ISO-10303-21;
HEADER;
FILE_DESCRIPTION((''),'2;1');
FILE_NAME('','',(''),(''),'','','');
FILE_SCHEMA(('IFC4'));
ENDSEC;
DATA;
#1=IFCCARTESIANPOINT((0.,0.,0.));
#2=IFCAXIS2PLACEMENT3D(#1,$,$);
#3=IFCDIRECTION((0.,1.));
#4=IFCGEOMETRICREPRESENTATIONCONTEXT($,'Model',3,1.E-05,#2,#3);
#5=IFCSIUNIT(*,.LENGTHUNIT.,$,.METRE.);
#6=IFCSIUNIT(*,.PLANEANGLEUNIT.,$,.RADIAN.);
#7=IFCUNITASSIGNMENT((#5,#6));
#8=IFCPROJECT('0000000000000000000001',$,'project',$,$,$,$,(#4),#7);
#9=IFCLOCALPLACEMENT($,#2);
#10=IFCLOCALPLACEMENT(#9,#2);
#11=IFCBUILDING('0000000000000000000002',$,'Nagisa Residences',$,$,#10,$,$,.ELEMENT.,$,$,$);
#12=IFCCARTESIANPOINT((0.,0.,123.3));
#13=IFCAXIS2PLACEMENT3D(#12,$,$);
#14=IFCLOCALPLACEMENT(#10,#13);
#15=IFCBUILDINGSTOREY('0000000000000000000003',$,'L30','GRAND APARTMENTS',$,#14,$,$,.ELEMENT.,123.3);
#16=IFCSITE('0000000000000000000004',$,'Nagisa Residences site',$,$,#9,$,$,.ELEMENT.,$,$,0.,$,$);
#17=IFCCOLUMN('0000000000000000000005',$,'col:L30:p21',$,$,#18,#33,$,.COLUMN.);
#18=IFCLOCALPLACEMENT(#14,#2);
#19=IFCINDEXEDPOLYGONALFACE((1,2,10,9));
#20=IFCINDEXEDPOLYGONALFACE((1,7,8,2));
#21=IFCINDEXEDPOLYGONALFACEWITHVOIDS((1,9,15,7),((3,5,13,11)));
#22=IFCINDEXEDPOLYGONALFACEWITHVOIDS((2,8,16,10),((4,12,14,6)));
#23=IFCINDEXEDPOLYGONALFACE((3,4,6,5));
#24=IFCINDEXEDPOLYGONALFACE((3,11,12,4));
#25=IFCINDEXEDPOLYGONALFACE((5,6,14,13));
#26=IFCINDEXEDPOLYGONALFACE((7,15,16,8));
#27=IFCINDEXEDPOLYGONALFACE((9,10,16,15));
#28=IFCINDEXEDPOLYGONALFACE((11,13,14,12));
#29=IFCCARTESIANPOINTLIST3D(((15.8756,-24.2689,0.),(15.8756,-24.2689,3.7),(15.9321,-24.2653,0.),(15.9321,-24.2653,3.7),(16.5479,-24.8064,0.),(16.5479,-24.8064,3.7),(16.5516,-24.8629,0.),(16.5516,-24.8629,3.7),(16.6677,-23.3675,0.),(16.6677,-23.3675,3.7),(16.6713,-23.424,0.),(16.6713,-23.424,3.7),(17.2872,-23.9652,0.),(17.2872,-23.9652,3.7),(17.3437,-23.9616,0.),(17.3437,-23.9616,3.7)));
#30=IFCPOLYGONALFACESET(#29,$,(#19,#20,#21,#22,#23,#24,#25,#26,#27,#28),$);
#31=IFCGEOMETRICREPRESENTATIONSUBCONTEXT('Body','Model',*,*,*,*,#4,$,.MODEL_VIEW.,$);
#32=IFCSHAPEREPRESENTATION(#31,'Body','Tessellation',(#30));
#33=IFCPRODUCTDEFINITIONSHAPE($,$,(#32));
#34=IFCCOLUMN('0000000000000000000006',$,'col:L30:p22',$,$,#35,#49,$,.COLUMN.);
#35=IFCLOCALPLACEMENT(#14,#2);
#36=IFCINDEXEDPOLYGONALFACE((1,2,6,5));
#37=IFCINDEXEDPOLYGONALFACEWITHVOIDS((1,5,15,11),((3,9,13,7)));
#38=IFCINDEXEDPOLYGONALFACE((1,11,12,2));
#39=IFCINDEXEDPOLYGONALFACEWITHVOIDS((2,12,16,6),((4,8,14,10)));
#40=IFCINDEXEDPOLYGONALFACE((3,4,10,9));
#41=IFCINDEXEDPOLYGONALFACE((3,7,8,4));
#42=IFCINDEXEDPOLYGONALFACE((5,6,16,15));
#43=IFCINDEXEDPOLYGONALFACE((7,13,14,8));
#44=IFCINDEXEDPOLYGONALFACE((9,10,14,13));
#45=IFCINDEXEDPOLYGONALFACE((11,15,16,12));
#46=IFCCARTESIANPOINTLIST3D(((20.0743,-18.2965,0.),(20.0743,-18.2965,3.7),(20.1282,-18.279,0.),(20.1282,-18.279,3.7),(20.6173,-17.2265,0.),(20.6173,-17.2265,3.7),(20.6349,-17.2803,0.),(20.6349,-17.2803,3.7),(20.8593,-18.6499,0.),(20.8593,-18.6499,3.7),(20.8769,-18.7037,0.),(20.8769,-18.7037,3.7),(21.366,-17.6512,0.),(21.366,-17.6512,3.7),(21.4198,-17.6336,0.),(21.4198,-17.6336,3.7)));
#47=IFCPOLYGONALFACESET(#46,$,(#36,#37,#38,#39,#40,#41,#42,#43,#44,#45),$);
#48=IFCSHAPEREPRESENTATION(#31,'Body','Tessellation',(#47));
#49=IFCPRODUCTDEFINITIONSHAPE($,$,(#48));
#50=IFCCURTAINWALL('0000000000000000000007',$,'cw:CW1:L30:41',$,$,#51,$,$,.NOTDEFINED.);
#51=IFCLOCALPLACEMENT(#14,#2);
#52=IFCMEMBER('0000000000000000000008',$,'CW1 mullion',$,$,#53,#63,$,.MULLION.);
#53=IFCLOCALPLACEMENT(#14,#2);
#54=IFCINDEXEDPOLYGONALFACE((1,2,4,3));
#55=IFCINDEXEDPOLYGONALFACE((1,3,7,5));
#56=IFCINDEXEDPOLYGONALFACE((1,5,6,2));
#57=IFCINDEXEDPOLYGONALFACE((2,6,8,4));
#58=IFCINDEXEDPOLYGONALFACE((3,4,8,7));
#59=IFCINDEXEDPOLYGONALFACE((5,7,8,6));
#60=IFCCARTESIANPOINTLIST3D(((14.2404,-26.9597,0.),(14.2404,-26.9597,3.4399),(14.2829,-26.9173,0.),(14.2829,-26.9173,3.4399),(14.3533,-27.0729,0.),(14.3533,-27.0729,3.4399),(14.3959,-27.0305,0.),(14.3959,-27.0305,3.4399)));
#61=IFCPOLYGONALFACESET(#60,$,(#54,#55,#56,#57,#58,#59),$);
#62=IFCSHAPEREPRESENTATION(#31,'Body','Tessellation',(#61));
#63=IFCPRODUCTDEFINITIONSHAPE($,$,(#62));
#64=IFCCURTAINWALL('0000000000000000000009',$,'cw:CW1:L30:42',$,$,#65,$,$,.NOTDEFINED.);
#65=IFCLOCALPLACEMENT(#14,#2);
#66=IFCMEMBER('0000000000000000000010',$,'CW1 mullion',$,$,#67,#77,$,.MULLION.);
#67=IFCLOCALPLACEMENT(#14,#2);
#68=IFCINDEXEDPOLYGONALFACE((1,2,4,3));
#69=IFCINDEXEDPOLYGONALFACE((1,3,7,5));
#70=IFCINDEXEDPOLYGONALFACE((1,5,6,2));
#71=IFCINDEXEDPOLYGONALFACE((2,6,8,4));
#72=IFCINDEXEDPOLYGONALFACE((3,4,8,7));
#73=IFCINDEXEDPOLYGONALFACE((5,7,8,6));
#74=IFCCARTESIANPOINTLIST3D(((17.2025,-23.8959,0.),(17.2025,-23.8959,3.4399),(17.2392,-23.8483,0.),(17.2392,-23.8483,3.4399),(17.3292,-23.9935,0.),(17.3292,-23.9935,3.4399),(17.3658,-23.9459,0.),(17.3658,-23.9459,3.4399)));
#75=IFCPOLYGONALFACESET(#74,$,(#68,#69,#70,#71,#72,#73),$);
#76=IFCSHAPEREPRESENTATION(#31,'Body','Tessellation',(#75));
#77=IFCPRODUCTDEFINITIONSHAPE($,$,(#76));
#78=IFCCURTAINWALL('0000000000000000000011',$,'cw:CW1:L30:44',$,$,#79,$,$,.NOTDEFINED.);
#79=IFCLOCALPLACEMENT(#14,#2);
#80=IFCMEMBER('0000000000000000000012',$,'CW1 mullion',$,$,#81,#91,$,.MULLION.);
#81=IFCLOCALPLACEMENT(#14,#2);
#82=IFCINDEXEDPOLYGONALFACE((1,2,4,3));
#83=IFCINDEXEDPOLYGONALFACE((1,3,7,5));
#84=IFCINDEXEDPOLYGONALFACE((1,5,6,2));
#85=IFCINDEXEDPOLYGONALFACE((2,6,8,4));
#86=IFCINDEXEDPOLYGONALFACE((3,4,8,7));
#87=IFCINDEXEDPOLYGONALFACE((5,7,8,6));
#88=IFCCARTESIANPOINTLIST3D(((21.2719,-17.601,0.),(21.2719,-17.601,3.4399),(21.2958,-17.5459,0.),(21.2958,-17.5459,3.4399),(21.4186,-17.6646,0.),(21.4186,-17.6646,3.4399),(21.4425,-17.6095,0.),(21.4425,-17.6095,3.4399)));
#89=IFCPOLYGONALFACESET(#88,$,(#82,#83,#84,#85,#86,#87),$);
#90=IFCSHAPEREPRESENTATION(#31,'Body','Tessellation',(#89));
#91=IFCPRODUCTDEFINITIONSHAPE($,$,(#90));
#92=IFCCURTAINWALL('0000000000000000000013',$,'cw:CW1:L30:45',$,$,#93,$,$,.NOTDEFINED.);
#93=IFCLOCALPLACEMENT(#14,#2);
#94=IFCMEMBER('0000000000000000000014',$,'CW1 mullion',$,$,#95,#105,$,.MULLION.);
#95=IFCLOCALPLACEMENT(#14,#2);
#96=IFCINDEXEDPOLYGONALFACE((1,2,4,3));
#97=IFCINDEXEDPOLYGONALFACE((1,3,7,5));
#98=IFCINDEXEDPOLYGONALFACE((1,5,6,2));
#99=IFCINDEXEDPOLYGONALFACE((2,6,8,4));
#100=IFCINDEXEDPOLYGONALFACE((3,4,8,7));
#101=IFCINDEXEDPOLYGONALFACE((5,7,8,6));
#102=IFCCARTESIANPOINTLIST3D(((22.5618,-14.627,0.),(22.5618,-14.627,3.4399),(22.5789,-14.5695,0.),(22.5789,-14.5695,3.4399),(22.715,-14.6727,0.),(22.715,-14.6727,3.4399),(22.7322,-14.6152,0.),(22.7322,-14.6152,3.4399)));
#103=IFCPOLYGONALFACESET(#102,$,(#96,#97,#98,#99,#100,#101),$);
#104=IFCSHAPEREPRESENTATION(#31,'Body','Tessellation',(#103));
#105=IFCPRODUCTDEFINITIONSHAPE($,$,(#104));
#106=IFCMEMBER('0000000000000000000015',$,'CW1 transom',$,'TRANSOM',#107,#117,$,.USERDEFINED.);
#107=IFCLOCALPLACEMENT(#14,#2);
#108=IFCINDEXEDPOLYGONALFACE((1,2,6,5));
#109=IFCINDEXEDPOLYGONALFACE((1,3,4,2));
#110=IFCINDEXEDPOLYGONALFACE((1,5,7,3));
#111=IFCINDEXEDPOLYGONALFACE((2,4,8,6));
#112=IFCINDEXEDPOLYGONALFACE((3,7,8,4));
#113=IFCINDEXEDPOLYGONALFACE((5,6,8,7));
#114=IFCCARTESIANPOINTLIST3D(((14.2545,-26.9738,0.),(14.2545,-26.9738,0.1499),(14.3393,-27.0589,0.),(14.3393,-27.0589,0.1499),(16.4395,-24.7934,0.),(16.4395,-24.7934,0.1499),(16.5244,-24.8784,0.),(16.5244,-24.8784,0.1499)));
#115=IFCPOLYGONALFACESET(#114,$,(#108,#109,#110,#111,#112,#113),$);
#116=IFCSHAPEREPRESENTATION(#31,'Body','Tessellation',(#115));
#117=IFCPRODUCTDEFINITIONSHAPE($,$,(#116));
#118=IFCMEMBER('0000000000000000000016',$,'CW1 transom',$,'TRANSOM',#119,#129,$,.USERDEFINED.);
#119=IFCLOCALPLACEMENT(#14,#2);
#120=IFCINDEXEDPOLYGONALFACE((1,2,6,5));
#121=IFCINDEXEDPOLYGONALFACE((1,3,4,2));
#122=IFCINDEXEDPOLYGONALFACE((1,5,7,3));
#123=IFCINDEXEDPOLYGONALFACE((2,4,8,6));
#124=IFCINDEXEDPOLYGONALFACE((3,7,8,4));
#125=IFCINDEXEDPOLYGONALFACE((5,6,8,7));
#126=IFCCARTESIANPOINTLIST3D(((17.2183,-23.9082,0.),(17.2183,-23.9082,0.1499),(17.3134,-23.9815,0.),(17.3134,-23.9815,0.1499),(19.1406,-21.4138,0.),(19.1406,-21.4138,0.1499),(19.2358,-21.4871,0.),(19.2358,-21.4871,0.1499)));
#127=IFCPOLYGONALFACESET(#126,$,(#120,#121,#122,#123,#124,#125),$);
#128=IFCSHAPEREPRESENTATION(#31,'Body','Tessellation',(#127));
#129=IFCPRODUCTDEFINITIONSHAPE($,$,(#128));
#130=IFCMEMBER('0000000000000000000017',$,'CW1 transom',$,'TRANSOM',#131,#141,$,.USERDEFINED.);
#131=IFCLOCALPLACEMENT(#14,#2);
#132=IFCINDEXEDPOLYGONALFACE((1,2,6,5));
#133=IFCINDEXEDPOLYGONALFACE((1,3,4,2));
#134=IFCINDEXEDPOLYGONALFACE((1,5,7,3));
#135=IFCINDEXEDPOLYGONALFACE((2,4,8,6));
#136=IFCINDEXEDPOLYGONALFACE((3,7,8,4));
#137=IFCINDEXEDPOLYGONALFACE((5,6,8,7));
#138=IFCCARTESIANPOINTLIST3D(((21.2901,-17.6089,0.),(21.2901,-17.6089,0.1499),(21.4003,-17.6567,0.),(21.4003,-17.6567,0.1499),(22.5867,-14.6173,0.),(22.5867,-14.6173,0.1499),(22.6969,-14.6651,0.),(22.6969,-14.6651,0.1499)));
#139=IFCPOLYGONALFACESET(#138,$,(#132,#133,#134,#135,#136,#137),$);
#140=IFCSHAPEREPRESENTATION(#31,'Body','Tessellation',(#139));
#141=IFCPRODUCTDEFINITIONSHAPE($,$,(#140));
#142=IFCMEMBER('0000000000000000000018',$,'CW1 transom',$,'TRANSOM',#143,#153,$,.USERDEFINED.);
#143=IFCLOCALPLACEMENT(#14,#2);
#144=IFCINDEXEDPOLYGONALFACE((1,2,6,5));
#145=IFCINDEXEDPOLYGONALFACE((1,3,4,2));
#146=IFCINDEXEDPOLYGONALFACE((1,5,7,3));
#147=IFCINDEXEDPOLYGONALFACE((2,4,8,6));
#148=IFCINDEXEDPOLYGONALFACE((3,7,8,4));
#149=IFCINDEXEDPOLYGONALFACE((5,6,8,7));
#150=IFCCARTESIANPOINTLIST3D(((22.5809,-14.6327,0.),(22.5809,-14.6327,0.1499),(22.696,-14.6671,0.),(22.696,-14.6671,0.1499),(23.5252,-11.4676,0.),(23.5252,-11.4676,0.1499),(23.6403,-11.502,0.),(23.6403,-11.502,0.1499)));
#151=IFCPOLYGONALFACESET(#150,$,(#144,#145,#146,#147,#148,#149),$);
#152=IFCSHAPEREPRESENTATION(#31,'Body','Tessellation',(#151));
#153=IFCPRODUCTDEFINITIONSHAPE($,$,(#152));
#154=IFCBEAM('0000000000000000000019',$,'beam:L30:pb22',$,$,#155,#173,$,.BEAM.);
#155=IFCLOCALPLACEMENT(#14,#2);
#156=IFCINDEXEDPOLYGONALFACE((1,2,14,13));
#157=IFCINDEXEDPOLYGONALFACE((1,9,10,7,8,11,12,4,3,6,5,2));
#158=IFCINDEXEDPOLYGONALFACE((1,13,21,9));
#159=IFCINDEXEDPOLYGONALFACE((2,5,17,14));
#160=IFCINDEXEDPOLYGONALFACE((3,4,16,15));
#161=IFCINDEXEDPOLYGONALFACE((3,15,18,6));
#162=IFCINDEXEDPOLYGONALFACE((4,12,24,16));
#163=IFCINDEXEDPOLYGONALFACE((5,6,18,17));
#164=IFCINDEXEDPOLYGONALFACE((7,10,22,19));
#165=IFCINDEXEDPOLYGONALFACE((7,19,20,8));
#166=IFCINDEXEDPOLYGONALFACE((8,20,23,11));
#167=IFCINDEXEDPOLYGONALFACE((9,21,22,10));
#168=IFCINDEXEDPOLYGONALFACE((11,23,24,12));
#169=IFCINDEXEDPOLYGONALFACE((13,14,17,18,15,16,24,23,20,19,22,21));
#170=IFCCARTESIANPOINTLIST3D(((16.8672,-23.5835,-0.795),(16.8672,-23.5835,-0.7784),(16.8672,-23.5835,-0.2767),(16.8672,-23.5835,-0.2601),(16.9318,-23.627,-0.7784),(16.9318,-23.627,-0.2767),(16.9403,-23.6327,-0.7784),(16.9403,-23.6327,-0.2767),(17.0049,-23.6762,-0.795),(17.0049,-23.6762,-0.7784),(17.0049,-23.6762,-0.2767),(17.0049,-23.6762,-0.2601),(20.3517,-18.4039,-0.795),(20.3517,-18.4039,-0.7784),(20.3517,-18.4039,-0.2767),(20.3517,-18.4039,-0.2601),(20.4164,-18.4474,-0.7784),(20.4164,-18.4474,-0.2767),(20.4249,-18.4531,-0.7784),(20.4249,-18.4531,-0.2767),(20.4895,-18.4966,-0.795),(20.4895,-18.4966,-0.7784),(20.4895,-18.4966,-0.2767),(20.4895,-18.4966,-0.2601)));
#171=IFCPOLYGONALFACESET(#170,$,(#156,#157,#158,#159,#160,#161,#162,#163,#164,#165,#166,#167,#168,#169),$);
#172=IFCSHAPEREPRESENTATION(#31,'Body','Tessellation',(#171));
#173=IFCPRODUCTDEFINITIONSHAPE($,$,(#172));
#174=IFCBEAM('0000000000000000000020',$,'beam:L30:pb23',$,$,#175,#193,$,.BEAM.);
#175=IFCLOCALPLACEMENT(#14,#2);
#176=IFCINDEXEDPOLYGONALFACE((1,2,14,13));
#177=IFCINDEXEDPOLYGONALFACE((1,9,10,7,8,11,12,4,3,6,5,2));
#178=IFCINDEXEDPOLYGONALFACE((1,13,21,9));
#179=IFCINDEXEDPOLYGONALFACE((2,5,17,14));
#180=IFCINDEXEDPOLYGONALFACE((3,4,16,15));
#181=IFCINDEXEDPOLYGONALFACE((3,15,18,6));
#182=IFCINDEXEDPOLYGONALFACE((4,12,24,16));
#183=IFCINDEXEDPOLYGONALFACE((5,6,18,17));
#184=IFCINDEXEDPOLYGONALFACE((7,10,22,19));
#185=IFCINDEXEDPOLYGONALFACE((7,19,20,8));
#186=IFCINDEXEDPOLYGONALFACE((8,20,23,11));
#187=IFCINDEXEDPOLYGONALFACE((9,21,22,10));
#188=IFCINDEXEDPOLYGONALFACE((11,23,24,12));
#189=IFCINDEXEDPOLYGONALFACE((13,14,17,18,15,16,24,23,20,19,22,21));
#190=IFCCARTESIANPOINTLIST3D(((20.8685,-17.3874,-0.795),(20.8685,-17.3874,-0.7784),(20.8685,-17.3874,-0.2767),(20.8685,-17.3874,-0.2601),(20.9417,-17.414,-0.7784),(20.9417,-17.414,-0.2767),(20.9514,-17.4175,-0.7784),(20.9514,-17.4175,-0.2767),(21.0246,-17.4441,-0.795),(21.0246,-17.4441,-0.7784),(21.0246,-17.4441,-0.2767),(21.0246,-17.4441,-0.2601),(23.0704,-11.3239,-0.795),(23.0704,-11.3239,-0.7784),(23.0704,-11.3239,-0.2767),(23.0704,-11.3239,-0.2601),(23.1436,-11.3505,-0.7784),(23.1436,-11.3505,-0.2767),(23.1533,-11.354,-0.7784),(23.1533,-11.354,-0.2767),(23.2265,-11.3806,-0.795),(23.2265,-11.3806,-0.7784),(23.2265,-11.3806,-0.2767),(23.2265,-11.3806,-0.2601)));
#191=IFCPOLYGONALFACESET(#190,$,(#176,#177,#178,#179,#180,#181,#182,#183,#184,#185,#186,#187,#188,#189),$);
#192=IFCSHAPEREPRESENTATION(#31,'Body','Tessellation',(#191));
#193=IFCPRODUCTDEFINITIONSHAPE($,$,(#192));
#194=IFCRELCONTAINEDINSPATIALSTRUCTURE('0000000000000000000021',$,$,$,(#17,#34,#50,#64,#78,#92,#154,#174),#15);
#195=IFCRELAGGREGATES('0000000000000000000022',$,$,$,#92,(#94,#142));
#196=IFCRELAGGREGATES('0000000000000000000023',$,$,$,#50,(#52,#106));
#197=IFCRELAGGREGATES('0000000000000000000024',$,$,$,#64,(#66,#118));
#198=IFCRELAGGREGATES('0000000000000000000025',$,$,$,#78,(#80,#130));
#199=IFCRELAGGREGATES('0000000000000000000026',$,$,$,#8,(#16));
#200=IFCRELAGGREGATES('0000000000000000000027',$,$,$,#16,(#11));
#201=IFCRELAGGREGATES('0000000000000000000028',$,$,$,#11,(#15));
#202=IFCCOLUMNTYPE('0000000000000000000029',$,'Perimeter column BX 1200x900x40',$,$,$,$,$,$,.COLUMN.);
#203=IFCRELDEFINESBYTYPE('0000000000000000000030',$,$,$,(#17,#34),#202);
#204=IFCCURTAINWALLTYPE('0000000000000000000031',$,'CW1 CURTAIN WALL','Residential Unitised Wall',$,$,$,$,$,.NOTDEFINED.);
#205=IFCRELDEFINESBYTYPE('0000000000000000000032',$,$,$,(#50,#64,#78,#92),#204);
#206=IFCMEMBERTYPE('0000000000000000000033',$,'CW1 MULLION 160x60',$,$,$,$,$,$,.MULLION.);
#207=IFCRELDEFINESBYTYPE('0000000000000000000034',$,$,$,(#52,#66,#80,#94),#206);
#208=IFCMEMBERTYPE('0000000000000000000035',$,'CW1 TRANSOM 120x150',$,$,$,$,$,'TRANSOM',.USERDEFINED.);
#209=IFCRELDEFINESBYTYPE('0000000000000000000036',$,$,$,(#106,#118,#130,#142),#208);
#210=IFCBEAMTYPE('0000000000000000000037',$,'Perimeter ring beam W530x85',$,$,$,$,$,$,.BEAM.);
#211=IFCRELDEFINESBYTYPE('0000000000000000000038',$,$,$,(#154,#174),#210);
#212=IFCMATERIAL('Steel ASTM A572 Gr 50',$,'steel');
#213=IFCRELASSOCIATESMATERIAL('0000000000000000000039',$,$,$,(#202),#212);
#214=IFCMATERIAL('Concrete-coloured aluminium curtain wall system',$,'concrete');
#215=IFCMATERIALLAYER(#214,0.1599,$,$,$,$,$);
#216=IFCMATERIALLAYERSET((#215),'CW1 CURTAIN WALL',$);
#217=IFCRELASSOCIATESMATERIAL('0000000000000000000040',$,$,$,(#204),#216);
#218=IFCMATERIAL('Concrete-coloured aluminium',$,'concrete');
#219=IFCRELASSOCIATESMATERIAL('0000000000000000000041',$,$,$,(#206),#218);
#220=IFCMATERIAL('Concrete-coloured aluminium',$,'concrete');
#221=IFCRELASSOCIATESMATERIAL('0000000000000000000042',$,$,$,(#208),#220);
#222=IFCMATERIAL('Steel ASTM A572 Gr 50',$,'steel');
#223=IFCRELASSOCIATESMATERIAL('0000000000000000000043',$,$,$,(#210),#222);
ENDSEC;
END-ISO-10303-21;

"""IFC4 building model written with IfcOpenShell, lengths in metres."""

from ifc_helpers import new_model, si_unit, direction, frame, origin, origin_2d, place, context, subcontext, project, spatial, rectangle, hollow_rectangle, i_section, extrude, material, layer, layer_set, material_profile, profile_set, type_object, element, aggregate, save


model = new_model("IFC4")

# Units and contexts
model_context = context("Model", 3, precision=1e-05, world=origin(), true_north=direction((0.0, 1.0)))
body_context = subcontext(model_context, "Body", "Model", "MODEL_VIEW")
ifc_project = project(units=[si_unit("LENGTHUNIT", "METRE"), si_unit("PLANEANGLEUNIT", "RADIAN")], contexts=[model_context])

# Site, building, storey
site_placement = place(None, origin())
site = spatial("IfcSite", under=ifc_project, at=site_placement, Name="Nagisa Residences site", CompositionType="ELEMENT", RefElevation=0.0)
building_placement = place(site_placement, origin())
building = spatial("IfcBuilding", under=site, at=building_placement, Name="Nagisa Residences", CompositionType="ELEMENT")
storey_placement = place(building_placement, frame((0.0, 0.0, 123.3)))
storey = spatial("IfcBuildingStorey", under=building, at=storey_placement, Name="L30", Description="GRAND APARTMENTS", CompositionType="ELEMENT", Elevation=123.3)

# Columns
ifc_material_1 = material(Name="Steel ASTM A572 Gr 50", Category="steel")
ifc_material_profile_1 = material_profile(ifc_material_1, hollow_rectangle(XDim=1.2, YDim=0.8999, WallThickness=0.04, at=origin_2d()), Name="BX 1200x900x40")
ifc_profile_set_1 = profile_set([ifc_material_profile_1], Name="Steel ASTM A572 Gr 50")
column_type = type_object("IfcColumnType", Name="Perimeter column BX 1200x900x40", PredefinedType="COLUMN", material=ifc_profile_set_1)
for number, where, z_axis, x_axis, name in (
    (1, (16.6096, -24.1152, 0.0), (0.0, 0.0, 1.0), (0.660115, 0.751165, 0.0), "col:L30:p21"),
    (2, (20.7471, -17.9651, 0.0), (0.0, 0.0, 1.0), (0.452463, 0.891783, 0.0), "col:L30:p22"),
):
    element("IfcColumn", number, at=place(storey_placement, frame(where, z_axis=z_axis, x_axis=x_axis)), inside=storey, type_object=column_type, Name=name, PredefinedType="COLUMN", context=body_context, shape_type="SweptSolid", body=[
        extrude(hollow_rectangle(XDim=1.2, YDim=0.8999, WallThickness=0.04, at=origin_2d()), origin(), (0.0, 0.0, 1.0), 3.7),
    ])

# Curtain walls, members
ifc_material_2 = material(Name="Concrete-coloured aluminium curtain wall system", Category="concrete")
ifc_layer_1 = layer(ifc_material_2, 0.1599)
ifc_layer_set_1 = layer_set([ifc_layer_1], Name="CW1 CURTAIN WALL")
curtain_wall_type = type_object("IfcCurtainWallType", Name="CW1 CURTAIN WALL", Description="Residential Unitised Wall", PredefinedType="NOTDEFINED", material=ifc_layer_set_1)
curtain_wall_1_placement = place(storey_placement, origin())
curtain_wall_1 = element("IfcCurtainWall", 3, at=curtain_wall_1_placement, inside=storey, type_object=curtain_wall_type, Name="cw:CW1:L30:41", PredefinedType="NOTDEFINED")
ifc_material_3 = material(Name="Concrete-coloured aluminium", Category="concrete")
ifc_material_profile_2 = material_profile(ifc_material_3, rectangle(XDim=0.1599, YDim=0.0601, at=origin_2d()), Name="CW1 MULLION 160x60")
ifc_profile_set_2 = profile_set([ifc_material_profile_2], Name="Concrete-coloured aluminium")
member_type_1 = type_object("IfcMemberType", Name="CW1 MULLION 160x60", PredefinedType="MULLION", material=ifc_profile_set_2)
member_1_placement = place(storey_placement, frame((14.3181, -26.9951, 0.0), z_axis=(0.0, 0.0, 1.0), x_axis=(-0.706377, 0.707836, 0.0)))
member_1 = element("IfcMember", 4, at=member_1_placement, type_object=member_type_1, Name="CW1 mullion", PredefinedType="MULLION", context=body_context, shape_type="SweptSolid", body=[
    extrude(rectangle(XDim=0.1599, YDim=0.0601, at=origin_2d()), origin(), (0.0, 0.0, 1.0), 3.4399),
])
curtain_wall_2_placement = place(storey_placement, origin())
curtain_wall_2 = element("IfcCurtainWall", 5, at=curtain_wall_2_placement, inside=storey, type_object=curtain_wall_type, Name="cw:CW1:L30:42", PredefinedType="NOTDEFINED")
member_2_placement = place(storey_placement, frame((17.2842, -23.9209, 0.0), z_axis=(0.0, 0.0, 1.0), x_axis=(-0.79207, 0.61043, 0.0)))
member_2 = element("IfcMember", 6, at=member_2_placement, type_object=member_type_1, Name="CW1 mullion", PredefinedType="MULLION", context=body_context, shape_type="SweptSolid", body=[
    extrude(rectangle(XDim=0.1599, YDim=0.0601, at=origin_2d()), origin(), (0.0, 0.0, 1.0), 3.4399),
])
curtain_wall_3_placement = place(storey_placement, origin())
curtain_wall_3 = element("IfcCurtainWall", 7, at=curtain_wall_3_placement, inside=storey, type_object=curtain_wall_type, Name="cw:CW1:L30:44", PredefinedType="NOTDEFINED")
member_3_placement = place(storey_placement, frame((21.3572, -17.6052, 0.0), z_axis=(0.0, 0.0, 1.0), x_axis=(-0.917543, 0.397636, 0.0)))
member_3 = element("IfcMember", 8, at=member_3_placement, type_object=member_type_1, Name="CW1 mullion", PredefinedType="MULLION", context=body_context, shape_type="SweptSolid", body=[
    extrude(rectangle(XDim=0.1599, YDim=0.0601, at=origin_2d()), origin(), (0.0, 0.0, 1.0), 3.4399),
])
curtain_wall_4_placement = place(storey_placement, origin())
curtain_wall_4 = element("IfcCurtainWall", 9, at=curtain_wall_4_placement, inside=storey, type_object=curtain_wall_type, Name="cw:CW1:L30:45", PredefinedType="NOTDEFINED")
member_4_placement = place(storey_placement, frame((22.647, -14.6211, 0.0), z_axis=(0.0, 0.0, 1.0), x_axis=(-0.958271, 0.28586, 0.0)))
member_4 = element("IfcMember", 10, at=member_4_placement, type_object=member_type_1, Name="CW1 mullion", PredefinedType="MULLION", context=body_context, shape_type="SweptSolid", body=[
    extrude(rectangle(XDim=0.1599, YDim=0.0601, at=origin_2d()), origin(), (0.0, 0.0, 1.0), 3.4399),
])

# Members
ifc_material_4 = material(Name="Concrete-coloured aluminium", Category="concrete")
ifc_material_profile_3 = material_profile(ifc_material_4, rectangle(XDim=0.1201, YDim=0.1499, at=origin_2d()), Name="CW1 TRANSOM 120x150")
ifc_profile_set_3 = profile_set([ifc_material_profile_3], Name="Concrete-coloured aluminium")
member_type_2 = type_object("IfcMemberType", Name="CW1 TRANSOM 120x150", ElementType="TRANSOM", PredefinedType="USERDEFINED", material=ifc_profile_set_3)
member_5_placement = place(storey_placement, frame((14.2969, -27.0164, 0.075), z_axis=(0.707858, 0.706355, 0.0), x_axis=(-0.706355, 0.707858, 0.0)))
member_5 = element("IfcMember", 11, at=member_5_placement, type_object=member_type_2, Name="CW1 transom", ObjectType="TRANSOM", PredefinedType="USERDEFINED", context=body_context, shape_type="SweptSolid", body=[
    extrude(rectangle(XDim=0.1201, YDim=0.1499, at=origin_2d()), origin(), (0.0, 0.0, 1.0), 3.0869),
])
member_6_placement = place(storey_placement, frame((17.2659, -23.9448, 0.075), z_axis=(0.61043, 0.79207, 0.0), x_axis=(-0.79207, 0.61043, 0.0)))
member_6 = element("IfcMember", 12, at=member_6_placement, type_object=member_type_2, Name="CW1 transom", ObjectType="TRANSOM", PredefinedType="USERDEFINED", context=body_context, shape_type="SweptSolid", body=[
    extrude(rectangle(XDim=0.1201, YDim=0.1499, at=origin_2d()), origin(), (0.0, 0.0, 1.0), 3.1492),
])
member_7_placement = place(storey_placement, frame((21.3452, -17.6328, 0.075), z_axis=(0.397666, 0.91753, 0.0), x_axis=(-0.91753, 0.397666, 0.0)))
member_7 = element("IfcMember", 13, at=member_7_placement, type_object=member_type_2, Name="CW1 transom", ObjectType="TRANSOM", PredefinedType="USERDEFINED", context=body_context, shape_type="SweptSolid", body=[
    extrude(rectangle(XDim=0.1201, YDim=0.1499, at=origin_2d()), origin(), (0.0, 0.0, 1.0), 3.2605),
])
member_8_placement = place(storey_placement, frame((22.6384, -14.6499, 0.075), z_axis=(0.28591, 0.958257, 0.0), x_axis=(-0.958257, 0.28591, 0.0)))
member_8 = element("IfcMember", 14, at=member_8_placement, type_object=member_type_2, Name="CW1 transom", ObjectType="TRANSOM", PredefinedType="USERDEFINED", context=body_context, shape_type="SweptSolid", body=[
    extrude(rectangle(XDim=0.1201, YDim=0.1499, at=origin_2d()), origin(), (0.0, 0.0, 1.0), 3.303),
])
aggregate(curtain_wall_4, [member_4, member_8])

# Beams
ifc_material_5 = material(Name="Steel ASTM A572 Gr 50", Category="steel")
ifc_material_profile_4 = material_profile(ifc_material_5, i_section(OverallWidth=0.166, OverallDepth=0.5349, WebThickness=0.0103, FlangeThickness=0.0166, at=origin_2d()), Name="W530x85")
ifc_profile_set_4 = profile_set([ifc_material_profile_4], Name="Steel ASTM A572 Gr 50")
beam_type_1 = type_object("IfcBeamType", Name="Perimeter ring beam W530x85", PredefinedType="BEAM", material=ifc_profile_set_4)
beam_1_placement = place(storey_placement, frame((16.936, -23.6299, -0.5276), z_axis=(0.558188, 0.829715, 0.0), x_axis=(-0.829715, 0.558188, 0.0)))
element("IfcBeam", 15, at=beam_1_placement, inside=storey, type_object=beam_type_1, Name="beam:L30:pb22", PredefinedType="BEAM", context=body_context, shape_type="SweptSolid", body=[
    extrude(i_section(OverallWidth=0.166, OverallDepth=0.5349, WebThickness=0.0103, FlangeThickness=0.0166, at=origin_2d()), origin(), (0.0, 0.0, 1.0), 6.2427),
])
beam_2_placement = place(storey_placement, frame((20.9465, -17.4158, -0.5276), z_axis=(0.341333, 0.939943, 0.0), x_axis=(-0.939943, 0.341333, 0.0)))
element("IfcBeam", 16, at=beam_2_placement, inside=storey, type_object=beam_type_1, Name="beam:L30:pb23", PredefinedType="BEAM", context=body_context, shape_type="SweptSolid", body=[
    extrude(i_section(OverallWidth=0.166, OverallDepth=0.5349, WebThickness=0.0103, FlangeThickness=0.0166, at=origin_2d()), origin(), (0.0, 0.0, 1.0), 6.4509),
])

aggregate(curtain_wall_1, [member_1, member_5])
aggregate(curtain_wall_2, [member_2, member_6])
aggregate(curtain_wall_3, [member_3, member_7])

save(model, "model.ifc")
